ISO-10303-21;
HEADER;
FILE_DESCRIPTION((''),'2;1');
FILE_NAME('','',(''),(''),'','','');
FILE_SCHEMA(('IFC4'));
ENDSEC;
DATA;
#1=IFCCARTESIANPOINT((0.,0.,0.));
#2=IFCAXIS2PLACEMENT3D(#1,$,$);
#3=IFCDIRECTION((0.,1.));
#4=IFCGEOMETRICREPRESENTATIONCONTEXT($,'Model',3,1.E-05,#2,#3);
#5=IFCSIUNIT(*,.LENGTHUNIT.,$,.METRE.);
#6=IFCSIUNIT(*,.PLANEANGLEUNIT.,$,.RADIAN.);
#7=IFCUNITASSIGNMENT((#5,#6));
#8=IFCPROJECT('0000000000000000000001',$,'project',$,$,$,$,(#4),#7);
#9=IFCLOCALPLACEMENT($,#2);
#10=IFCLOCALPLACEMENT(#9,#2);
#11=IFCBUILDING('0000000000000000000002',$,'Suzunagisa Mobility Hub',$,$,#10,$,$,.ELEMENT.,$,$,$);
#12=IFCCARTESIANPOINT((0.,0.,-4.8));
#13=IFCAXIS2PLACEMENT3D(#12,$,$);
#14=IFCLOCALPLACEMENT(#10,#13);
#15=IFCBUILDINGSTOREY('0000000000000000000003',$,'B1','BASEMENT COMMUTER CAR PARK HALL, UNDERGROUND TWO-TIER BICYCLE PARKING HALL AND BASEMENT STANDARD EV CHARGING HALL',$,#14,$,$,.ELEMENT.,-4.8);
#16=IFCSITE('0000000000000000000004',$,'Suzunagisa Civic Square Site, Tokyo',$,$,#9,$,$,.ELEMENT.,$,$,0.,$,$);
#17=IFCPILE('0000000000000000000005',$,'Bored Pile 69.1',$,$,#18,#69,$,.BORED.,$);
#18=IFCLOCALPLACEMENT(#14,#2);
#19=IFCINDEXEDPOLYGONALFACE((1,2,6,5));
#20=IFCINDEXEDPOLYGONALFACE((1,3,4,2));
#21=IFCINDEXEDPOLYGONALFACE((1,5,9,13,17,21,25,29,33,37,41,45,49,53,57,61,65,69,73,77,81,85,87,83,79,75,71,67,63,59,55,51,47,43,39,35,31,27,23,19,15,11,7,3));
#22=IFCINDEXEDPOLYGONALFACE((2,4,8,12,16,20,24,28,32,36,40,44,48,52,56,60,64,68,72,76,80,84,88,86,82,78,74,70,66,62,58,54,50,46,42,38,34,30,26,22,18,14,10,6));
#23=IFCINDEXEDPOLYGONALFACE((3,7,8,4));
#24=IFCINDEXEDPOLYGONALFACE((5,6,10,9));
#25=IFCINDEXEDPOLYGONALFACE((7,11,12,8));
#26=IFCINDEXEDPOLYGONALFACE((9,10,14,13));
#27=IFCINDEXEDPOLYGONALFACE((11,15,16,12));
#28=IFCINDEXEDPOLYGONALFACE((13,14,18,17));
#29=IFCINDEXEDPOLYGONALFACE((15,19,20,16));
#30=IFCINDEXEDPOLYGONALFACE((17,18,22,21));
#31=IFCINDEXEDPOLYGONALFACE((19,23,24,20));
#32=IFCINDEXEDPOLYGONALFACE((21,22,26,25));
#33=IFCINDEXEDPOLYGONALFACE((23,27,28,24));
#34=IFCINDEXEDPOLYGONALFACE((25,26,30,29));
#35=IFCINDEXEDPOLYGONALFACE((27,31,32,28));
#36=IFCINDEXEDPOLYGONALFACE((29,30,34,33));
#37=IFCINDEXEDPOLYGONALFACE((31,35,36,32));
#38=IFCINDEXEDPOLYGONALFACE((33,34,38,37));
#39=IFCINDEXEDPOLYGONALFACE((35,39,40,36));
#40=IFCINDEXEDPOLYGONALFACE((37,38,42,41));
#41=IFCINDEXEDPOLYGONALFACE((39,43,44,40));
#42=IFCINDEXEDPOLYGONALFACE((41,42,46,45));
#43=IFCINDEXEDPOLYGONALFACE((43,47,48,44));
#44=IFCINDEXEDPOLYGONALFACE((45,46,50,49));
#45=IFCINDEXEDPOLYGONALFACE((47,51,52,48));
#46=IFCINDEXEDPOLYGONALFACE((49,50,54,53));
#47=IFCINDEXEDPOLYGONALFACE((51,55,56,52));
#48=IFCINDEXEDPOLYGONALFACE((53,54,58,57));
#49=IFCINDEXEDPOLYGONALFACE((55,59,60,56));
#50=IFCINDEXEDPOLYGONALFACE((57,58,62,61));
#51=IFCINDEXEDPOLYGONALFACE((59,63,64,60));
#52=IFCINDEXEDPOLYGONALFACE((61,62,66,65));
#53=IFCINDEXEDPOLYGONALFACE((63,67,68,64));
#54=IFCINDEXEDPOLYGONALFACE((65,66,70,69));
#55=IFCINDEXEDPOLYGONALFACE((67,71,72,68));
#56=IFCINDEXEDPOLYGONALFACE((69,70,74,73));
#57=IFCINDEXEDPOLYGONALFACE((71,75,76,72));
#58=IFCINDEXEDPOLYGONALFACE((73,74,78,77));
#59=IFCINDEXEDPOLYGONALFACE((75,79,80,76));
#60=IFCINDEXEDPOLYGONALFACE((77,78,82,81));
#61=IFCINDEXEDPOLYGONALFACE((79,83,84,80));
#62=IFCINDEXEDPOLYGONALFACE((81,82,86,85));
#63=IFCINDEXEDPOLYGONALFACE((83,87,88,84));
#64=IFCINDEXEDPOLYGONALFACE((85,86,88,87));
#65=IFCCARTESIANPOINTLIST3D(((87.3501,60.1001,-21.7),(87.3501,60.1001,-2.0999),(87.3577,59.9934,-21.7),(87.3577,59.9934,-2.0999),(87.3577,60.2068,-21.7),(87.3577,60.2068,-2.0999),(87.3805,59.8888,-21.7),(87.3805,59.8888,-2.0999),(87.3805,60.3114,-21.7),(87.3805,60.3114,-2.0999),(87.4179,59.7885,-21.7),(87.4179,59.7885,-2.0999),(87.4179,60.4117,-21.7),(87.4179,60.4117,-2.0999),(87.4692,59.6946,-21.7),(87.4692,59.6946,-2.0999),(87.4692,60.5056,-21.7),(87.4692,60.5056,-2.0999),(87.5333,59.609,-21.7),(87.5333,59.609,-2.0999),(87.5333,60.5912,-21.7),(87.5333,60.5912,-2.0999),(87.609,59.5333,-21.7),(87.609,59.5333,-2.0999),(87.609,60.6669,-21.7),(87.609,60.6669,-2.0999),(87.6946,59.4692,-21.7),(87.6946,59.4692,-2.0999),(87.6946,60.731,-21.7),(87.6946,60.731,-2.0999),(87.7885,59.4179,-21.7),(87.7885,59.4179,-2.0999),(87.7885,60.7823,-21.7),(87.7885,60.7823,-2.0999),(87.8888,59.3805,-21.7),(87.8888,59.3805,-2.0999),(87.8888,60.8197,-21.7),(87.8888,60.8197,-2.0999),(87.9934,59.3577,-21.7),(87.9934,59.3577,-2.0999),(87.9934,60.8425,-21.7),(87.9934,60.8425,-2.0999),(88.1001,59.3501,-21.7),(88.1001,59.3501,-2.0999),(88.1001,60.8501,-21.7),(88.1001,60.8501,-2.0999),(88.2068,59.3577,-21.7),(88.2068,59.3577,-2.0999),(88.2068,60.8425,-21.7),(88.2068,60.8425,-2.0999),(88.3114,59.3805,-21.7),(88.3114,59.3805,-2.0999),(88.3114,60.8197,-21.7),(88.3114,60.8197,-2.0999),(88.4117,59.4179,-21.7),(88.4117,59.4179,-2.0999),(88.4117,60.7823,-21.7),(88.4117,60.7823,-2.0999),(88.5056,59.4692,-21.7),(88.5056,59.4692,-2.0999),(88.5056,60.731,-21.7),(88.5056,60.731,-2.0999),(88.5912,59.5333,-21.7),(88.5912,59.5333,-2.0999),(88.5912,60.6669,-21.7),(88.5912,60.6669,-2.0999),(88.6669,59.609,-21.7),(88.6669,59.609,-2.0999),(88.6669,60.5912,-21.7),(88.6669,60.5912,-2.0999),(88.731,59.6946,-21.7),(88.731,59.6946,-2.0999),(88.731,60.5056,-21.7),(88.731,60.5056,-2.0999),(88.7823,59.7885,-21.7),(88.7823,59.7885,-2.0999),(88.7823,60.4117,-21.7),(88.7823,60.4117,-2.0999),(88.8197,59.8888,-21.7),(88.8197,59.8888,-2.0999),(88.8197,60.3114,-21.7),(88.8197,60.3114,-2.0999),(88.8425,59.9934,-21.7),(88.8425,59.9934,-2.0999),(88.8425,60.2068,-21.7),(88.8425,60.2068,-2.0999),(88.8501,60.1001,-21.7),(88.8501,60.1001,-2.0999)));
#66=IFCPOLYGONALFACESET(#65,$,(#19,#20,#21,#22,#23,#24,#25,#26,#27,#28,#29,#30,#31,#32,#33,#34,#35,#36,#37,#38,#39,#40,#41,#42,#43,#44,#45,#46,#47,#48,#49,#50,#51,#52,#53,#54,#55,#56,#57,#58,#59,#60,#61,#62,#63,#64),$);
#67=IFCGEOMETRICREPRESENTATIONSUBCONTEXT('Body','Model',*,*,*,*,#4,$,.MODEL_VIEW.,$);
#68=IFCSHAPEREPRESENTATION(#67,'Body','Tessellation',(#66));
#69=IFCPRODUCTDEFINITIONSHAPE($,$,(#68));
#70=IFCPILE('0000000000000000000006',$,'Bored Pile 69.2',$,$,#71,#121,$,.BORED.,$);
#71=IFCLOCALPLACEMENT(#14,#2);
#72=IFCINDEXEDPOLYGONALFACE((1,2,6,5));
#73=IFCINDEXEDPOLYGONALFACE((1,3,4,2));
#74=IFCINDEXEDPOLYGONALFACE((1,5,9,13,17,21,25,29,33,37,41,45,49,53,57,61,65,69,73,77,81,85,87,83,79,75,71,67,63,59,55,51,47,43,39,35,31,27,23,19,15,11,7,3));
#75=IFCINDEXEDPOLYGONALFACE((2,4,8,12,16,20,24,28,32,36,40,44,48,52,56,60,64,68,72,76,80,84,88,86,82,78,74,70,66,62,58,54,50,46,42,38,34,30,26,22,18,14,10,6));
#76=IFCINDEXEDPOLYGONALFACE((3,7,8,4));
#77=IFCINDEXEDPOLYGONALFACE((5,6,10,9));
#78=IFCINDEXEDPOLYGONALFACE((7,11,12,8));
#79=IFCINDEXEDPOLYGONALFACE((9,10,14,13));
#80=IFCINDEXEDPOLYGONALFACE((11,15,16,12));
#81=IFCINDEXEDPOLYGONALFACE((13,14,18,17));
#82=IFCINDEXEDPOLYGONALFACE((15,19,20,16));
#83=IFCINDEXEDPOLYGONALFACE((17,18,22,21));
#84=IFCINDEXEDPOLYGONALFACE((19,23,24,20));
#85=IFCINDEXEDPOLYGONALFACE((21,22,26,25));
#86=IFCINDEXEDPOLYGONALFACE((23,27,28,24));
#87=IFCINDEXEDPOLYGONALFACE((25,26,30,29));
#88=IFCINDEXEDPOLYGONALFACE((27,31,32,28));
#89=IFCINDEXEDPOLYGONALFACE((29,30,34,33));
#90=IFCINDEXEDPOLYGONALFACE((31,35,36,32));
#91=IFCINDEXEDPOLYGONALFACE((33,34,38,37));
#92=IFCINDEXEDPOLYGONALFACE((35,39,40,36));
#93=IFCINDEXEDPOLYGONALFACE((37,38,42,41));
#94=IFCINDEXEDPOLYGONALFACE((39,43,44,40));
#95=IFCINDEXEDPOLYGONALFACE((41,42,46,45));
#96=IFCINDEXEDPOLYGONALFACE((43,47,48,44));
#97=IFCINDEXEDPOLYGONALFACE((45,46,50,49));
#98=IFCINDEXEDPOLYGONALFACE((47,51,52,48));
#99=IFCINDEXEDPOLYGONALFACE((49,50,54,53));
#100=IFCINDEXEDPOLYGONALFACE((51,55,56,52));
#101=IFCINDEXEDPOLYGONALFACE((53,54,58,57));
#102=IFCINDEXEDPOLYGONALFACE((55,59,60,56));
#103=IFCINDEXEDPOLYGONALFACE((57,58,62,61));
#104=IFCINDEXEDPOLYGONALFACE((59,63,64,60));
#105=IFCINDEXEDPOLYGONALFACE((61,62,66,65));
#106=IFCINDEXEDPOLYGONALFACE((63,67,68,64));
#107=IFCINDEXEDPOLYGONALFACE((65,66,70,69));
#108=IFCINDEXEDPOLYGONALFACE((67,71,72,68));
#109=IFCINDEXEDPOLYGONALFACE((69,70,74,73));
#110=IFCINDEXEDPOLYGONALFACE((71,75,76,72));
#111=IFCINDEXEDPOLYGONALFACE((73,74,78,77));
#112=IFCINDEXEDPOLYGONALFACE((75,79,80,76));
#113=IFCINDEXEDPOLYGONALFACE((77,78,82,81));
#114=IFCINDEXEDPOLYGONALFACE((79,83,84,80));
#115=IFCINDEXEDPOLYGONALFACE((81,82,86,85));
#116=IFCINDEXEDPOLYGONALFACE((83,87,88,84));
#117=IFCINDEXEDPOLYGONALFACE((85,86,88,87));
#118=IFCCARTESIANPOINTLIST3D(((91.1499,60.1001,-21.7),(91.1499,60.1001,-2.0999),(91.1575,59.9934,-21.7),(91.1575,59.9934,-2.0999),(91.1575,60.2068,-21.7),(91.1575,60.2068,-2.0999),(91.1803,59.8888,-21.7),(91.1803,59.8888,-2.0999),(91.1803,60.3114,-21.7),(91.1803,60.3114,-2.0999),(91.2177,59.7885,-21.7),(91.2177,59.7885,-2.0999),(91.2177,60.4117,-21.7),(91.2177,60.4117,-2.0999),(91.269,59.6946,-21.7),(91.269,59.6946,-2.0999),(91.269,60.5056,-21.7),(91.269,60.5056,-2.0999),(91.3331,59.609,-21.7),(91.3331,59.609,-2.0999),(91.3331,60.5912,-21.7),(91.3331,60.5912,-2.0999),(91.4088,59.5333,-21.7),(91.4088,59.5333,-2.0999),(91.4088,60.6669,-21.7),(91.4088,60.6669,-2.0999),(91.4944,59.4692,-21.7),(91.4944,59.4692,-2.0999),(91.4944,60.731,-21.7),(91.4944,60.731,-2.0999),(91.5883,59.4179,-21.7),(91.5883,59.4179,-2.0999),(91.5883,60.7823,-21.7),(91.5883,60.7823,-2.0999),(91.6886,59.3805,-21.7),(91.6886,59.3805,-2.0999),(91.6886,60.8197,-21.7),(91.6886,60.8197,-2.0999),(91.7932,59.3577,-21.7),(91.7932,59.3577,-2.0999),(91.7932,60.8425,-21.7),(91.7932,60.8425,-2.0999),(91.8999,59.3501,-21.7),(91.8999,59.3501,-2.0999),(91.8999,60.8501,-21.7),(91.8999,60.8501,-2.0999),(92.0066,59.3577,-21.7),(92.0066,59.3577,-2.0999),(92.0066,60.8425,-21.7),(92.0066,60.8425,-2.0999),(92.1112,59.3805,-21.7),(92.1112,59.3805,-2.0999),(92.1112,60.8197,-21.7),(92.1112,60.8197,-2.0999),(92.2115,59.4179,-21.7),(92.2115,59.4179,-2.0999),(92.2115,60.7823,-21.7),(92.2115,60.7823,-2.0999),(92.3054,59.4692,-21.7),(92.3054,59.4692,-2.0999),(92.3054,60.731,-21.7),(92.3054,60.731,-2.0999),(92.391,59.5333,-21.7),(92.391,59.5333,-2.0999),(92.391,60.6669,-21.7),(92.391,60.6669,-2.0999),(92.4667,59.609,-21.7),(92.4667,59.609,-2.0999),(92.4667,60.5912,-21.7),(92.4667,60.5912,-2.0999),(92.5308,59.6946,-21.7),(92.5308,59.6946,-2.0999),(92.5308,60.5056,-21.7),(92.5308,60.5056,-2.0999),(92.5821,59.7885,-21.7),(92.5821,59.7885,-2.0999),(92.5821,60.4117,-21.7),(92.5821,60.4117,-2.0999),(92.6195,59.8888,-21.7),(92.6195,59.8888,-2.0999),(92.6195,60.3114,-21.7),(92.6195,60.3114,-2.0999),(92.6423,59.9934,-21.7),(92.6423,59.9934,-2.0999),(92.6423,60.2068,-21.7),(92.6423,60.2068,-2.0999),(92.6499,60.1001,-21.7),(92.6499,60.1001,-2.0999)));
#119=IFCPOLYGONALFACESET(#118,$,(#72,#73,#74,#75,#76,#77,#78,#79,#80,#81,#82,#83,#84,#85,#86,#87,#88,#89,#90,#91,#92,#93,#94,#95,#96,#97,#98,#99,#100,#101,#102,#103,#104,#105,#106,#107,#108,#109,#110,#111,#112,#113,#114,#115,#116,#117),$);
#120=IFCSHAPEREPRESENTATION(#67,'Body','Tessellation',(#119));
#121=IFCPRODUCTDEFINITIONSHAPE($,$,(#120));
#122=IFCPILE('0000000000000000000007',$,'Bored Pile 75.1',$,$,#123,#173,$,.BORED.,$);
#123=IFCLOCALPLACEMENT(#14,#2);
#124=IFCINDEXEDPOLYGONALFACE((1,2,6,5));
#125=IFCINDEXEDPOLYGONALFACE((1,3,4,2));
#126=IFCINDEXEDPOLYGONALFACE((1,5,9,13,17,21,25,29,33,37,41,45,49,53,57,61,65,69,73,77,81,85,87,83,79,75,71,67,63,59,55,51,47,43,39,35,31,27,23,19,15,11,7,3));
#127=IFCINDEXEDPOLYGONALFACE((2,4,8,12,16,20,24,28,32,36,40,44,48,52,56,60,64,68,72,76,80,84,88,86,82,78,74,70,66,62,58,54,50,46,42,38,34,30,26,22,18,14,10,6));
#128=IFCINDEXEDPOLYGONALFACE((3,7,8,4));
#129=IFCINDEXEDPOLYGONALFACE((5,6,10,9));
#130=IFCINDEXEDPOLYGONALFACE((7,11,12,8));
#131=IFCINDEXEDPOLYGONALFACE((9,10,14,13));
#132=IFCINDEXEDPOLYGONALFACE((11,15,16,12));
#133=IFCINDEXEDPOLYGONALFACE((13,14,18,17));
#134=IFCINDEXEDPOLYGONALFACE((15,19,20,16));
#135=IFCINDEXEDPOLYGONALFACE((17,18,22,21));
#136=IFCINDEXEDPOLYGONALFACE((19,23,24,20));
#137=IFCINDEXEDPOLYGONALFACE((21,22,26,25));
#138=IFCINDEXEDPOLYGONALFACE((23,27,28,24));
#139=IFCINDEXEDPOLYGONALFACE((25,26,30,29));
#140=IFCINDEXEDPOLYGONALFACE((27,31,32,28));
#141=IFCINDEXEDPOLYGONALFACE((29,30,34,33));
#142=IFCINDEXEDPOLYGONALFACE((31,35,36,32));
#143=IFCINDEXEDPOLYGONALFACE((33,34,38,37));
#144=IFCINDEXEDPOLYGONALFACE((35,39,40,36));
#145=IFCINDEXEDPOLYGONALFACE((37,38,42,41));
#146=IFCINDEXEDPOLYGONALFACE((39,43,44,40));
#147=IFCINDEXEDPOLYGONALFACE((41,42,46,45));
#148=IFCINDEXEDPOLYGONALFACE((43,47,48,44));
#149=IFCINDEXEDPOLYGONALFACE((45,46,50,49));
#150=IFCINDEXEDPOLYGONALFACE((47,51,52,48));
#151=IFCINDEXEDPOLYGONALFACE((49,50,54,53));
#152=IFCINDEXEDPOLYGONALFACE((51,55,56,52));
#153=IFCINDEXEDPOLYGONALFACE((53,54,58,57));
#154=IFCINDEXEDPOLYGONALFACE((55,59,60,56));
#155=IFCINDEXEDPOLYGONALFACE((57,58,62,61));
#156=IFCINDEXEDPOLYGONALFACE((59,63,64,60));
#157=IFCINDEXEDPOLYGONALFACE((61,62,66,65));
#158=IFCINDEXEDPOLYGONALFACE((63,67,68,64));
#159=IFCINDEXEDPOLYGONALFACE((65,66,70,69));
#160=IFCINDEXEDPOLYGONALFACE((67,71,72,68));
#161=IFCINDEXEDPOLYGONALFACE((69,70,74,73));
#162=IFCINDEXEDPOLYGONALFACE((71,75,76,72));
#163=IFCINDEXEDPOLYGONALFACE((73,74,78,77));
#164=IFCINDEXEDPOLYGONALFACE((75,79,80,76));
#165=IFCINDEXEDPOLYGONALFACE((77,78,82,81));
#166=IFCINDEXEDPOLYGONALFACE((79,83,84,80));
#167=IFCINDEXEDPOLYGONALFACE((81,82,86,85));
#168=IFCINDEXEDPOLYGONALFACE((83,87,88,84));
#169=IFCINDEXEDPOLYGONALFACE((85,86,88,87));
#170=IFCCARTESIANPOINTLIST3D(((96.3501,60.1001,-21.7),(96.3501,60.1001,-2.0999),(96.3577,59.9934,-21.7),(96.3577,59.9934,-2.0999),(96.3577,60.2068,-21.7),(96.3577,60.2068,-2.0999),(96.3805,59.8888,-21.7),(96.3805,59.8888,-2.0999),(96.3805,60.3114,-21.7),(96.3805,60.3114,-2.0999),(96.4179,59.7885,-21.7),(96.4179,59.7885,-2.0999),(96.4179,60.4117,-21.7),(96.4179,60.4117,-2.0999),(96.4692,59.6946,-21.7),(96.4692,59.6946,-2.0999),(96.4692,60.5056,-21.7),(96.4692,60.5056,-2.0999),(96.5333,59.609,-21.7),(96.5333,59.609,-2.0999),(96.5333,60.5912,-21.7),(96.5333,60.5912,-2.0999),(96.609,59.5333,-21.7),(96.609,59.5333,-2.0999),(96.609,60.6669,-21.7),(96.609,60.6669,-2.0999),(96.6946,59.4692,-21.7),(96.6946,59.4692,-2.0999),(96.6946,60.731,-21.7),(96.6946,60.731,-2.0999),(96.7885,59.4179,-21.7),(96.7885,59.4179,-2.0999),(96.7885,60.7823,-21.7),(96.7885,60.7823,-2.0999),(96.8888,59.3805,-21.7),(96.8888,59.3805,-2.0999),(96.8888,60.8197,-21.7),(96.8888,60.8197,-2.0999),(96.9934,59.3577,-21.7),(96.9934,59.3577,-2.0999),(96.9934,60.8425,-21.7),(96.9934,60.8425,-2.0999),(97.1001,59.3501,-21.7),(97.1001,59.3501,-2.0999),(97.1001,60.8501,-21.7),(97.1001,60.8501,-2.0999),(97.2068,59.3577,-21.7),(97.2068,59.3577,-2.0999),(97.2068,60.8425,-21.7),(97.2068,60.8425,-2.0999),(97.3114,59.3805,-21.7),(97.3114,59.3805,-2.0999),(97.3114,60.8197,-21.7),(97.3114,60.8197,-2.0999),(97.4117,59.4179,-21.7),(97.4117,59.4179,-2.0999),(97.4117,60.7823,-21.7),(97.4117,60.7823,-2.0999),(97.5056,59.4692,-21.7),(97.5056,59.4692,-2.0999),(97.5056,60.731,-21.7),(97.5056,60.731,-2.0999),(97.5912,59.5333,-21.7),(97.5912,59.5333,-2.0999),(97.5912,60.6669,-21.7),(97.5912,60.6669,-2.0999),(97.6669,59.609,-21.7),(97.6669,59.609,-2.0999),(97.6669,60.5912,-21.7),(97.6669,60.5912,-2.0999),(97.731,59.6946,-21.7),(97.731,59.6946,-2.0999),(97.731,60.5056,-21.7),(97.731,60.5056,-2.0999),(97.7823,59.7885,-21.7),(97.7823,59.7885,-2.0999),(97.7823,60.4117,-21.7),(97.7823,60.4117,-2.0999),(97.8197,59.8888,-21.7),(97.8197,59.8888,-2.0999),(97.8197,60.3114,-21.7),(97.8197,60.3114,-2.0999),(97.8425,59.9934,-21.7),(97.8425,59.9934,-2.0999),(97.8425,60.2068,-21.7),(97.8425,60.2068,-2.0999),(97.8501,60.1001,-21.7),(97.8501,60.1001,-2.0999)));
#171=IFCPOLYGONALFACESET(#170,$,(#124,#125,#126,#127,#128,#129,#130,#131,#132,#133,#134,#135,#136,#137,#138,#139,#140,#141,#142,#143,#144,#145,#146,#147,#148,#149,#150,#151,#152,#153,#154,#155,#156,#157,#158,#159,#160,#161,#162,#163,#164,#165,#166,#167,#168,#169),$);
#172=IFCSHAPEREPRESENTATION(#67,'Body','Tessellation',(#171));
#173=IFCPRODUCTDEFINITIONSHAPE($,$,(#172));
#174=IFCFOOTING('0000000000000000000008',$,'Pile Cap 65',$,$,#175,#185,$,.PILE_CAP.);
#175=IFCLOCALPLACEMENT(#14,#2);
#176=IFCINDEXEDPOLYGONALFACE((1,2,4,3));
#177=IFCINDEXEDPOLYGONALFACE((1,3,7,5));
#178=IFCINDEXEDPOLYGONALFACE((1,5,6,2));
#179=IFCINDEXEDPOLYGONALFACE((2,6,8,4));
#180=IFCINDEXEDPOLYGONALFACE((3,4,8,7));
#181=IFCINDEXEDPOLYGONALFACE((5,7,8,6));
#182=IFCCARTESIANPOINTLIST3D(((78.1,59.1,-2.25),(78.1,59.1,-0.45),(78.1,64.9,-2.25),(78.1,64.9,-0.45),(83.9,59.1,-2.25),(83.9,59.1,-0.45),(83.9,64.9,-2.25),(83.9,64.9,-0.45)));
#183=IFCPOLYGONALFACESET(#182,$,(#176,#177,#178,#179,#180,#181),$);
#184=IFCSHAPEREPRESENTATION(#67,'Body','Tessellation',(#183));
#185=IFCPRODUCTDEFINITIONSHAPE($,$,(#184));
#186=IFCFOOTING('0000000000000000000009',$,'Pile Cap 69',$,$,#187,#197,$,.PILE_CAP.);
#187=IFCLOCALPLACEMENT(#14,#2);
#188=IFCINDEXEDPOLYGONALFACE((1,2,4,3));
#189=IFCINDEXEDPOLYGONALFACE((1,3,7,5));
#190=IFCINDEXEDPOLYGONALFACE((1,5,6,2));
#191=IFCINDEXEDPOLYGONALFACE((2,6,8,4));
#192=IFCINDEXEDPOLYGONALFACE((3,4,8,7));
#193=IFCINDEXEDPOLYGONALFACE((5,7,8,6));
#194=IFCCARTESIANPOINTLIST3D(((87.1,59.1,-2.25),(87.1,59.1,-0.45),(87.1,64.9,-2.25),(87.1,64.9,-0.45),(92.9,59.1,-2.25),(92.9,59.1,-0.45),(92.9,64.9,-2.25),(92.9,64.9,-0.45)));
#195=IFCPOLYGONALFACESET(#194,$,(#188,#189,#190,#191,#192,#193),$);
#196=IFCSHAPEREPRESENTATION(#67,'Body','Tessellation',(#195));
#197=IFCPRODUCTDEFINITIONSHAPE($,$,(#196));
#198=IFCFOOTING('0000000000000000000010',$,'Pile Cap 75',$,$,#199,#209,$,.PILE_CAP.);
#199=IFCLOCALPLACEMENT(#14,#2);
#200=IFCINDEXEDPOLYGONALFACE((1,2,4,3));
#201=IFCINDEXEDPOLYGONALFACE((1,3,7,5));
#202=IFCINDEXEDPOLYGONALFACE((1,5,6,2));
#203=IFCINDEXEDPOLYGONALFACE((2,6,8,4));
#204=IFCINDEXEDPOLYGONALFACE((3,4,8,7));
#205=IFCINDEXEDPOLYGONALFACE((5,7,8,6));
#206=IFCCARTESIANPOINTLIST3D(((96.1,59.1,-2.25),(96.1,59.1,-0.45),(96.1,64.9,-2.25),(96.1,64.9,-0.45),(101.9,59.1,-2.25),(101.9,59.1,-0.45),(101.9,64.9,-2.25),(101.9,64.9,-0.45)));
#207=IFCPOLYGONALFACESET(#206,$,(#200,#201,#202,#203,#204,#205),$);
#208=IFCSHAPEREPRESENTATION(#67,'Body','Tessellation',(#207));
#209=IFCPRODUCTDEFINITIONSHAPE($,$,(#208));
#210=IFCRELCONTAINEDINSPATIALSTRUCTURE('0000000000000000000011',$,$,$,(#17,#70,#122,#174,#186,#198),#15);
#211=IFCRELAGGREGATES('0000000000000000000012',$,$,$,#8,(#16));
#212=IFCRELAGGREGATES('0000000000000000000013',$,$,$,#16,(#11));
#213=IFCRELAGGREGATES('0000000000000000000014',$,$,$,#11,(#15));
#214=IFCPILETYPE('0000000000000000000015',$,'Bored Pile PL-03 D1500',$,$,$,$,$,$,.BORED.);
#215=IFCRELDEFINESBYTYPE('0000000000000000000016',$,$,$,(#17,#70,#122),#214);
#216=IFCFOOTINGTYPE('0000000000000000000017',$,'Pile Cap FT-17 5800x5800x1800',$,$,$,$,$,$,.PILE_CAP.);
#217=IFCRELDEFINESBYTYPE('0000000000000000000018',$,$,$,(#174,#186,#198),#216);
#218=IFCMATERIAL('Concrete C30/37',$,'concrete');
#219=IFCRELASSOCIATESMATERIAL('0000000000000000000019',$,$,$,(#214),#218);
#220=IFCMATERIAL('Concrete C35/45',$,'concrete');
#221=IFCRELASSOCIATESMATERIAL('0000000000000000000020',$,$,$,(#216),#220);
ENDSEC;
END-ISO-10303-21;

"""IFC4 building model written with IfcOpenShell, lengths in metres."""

from ifc_helpers import new_model, si_unit, direction, frame, origin, origin_2d, place, context, subcontext, project, spatial, rectangle, circle, extrude, material, material_profile, profile_set, type_object, element, save


model = new_model("IFC4")

# Units and contexts
model_context = context("Model", 3, precision=1e-05, world=origin(), true_north=direction((0.0, 1.0)))
body_context = subcontext(model_context, "Body", "Model", "MODEL_VIEW")
ifc_project = project(units=[si_unit("LENGTHUNIT", "METRE"), si_unit("PLANEANGLEUNIT", "RADIAN")], contexts=[model_context])

# Site, building, storey
site_placement = place(None, origin())
site = spatial("IfcSite", under=ifc_project, at=site_placement, Name="Suzunagisa Civic Square Site, Tokyo", CompositionType="ELEMENT", RefElevation=0.0)
building_placement = place(site_placement, origin())
building = spatial("IfcBuilding", under=site, at=building_placement, Name="Suzunagisa Mobility Hub", CompositionType="ELEMENT")
storey_placement = place(building_placement, frame((0.0, 0.0, -4.8)))
storey = spatial("IfcBuildingStorey", under=building, at=storey_placement, Name="B1", Description="BASEMENT COMMUTER CAR PARK HALL, UNDERGROUND TWO-TIER BICYCLE PARKING HALL AND BASEMENT STANDARD EV CHARGING HALL", CompositionType="ELEMENT", Elevation=-4.8)

# Piles
ifc_material_1 = material(Name="Concrete C30/37", Category="concrete")
ifc_material_profile_1 = material_profile(ifc_material_1, circle(Radius=0.75, at=origin_2d()), Name="BORED PILE D1500")
ifc_profile_set_1 = profile_set([ifc_material_profile_1], Name="Concrete C30/37")
pile_type = type_object("IfcPileType", Name="Bored Pile PL-03 D1500", PredefinedType="BORED", material=ifc_profile_set_1)
for number, where, z_axis, x_axis, name in (
    (1, (88.1001, 60.1001, -2.0999), (0.0, 0.0, -1.0), (1.0, 0.0, 0.0), "Bored Pile 69.1"),
    (2, (91.8999, 60.1001, -2.0999), (0.0, 0.0, -1.0), (1.0, 0.0, 0.0), "Bored Pile 69.2"),
    (3, (97.1001, 60.1001, -2.0999), (0.0, 0.0, -1.0), (1.0, 0.0, 0.0), "Bored Pile 75.1"),
):
    element("IfcPile", number, at=place(storey_placement, frame(where, z_axis=z_axis, x_axis=x_axis)), inside=storey, type_object=pile_type, Name=name, PredefinedType="BORED", context=body_context, shape_type="SweptSolid", body=[
        extrude(circle(Radius=0.75, at=origin_2d()), origin(), (0.0, 0.0, 1.0), 19.6001),
    ])

# Footings
ifc_material_2 = material(Name="Concrete C35/45", Category="concrete")
footing_type = type_object("IfcFootingType", Name="Pile Cap FT-17 5800x5800x1800", PredefinedType="PILE_CAP", material=ifc_material_2)
for number, where, z_axis, x_axis, name in (
    (4, (81.0, 62.0, -2.25), (0.0, 0.0, 1.0), (1.0, 0.0, 0.0), "Pile Cap 65"),
    (5, (90.0, 62.0, -2.25), (0.0, 0.0, 1.0), (1.0, 0.0, 0.0), "Pile Cap 69"),
    (6, (99.0, 62.0, -2.25), (0.0, 0.0, 1.0), (1.0, 0.0, 0.0), "Pile Cap 75"),
):
    element("IfcFooting", number, at=place(storey_placement, frame(where, z_axis=z_axis, x_axis=x_axis)), inside=storey, type_object=footing_type, Name=name, PredefinedType="PILE_CAP", context=body_context, shape_type="SweptSolid", body=[
        extrude(rectangle(XDim=5.8, YDim=5.8, at=origin_2d()), origin(), (0.0, 0.0, 1.0), 1.8),
    ])

save(model, "model.ifc")
